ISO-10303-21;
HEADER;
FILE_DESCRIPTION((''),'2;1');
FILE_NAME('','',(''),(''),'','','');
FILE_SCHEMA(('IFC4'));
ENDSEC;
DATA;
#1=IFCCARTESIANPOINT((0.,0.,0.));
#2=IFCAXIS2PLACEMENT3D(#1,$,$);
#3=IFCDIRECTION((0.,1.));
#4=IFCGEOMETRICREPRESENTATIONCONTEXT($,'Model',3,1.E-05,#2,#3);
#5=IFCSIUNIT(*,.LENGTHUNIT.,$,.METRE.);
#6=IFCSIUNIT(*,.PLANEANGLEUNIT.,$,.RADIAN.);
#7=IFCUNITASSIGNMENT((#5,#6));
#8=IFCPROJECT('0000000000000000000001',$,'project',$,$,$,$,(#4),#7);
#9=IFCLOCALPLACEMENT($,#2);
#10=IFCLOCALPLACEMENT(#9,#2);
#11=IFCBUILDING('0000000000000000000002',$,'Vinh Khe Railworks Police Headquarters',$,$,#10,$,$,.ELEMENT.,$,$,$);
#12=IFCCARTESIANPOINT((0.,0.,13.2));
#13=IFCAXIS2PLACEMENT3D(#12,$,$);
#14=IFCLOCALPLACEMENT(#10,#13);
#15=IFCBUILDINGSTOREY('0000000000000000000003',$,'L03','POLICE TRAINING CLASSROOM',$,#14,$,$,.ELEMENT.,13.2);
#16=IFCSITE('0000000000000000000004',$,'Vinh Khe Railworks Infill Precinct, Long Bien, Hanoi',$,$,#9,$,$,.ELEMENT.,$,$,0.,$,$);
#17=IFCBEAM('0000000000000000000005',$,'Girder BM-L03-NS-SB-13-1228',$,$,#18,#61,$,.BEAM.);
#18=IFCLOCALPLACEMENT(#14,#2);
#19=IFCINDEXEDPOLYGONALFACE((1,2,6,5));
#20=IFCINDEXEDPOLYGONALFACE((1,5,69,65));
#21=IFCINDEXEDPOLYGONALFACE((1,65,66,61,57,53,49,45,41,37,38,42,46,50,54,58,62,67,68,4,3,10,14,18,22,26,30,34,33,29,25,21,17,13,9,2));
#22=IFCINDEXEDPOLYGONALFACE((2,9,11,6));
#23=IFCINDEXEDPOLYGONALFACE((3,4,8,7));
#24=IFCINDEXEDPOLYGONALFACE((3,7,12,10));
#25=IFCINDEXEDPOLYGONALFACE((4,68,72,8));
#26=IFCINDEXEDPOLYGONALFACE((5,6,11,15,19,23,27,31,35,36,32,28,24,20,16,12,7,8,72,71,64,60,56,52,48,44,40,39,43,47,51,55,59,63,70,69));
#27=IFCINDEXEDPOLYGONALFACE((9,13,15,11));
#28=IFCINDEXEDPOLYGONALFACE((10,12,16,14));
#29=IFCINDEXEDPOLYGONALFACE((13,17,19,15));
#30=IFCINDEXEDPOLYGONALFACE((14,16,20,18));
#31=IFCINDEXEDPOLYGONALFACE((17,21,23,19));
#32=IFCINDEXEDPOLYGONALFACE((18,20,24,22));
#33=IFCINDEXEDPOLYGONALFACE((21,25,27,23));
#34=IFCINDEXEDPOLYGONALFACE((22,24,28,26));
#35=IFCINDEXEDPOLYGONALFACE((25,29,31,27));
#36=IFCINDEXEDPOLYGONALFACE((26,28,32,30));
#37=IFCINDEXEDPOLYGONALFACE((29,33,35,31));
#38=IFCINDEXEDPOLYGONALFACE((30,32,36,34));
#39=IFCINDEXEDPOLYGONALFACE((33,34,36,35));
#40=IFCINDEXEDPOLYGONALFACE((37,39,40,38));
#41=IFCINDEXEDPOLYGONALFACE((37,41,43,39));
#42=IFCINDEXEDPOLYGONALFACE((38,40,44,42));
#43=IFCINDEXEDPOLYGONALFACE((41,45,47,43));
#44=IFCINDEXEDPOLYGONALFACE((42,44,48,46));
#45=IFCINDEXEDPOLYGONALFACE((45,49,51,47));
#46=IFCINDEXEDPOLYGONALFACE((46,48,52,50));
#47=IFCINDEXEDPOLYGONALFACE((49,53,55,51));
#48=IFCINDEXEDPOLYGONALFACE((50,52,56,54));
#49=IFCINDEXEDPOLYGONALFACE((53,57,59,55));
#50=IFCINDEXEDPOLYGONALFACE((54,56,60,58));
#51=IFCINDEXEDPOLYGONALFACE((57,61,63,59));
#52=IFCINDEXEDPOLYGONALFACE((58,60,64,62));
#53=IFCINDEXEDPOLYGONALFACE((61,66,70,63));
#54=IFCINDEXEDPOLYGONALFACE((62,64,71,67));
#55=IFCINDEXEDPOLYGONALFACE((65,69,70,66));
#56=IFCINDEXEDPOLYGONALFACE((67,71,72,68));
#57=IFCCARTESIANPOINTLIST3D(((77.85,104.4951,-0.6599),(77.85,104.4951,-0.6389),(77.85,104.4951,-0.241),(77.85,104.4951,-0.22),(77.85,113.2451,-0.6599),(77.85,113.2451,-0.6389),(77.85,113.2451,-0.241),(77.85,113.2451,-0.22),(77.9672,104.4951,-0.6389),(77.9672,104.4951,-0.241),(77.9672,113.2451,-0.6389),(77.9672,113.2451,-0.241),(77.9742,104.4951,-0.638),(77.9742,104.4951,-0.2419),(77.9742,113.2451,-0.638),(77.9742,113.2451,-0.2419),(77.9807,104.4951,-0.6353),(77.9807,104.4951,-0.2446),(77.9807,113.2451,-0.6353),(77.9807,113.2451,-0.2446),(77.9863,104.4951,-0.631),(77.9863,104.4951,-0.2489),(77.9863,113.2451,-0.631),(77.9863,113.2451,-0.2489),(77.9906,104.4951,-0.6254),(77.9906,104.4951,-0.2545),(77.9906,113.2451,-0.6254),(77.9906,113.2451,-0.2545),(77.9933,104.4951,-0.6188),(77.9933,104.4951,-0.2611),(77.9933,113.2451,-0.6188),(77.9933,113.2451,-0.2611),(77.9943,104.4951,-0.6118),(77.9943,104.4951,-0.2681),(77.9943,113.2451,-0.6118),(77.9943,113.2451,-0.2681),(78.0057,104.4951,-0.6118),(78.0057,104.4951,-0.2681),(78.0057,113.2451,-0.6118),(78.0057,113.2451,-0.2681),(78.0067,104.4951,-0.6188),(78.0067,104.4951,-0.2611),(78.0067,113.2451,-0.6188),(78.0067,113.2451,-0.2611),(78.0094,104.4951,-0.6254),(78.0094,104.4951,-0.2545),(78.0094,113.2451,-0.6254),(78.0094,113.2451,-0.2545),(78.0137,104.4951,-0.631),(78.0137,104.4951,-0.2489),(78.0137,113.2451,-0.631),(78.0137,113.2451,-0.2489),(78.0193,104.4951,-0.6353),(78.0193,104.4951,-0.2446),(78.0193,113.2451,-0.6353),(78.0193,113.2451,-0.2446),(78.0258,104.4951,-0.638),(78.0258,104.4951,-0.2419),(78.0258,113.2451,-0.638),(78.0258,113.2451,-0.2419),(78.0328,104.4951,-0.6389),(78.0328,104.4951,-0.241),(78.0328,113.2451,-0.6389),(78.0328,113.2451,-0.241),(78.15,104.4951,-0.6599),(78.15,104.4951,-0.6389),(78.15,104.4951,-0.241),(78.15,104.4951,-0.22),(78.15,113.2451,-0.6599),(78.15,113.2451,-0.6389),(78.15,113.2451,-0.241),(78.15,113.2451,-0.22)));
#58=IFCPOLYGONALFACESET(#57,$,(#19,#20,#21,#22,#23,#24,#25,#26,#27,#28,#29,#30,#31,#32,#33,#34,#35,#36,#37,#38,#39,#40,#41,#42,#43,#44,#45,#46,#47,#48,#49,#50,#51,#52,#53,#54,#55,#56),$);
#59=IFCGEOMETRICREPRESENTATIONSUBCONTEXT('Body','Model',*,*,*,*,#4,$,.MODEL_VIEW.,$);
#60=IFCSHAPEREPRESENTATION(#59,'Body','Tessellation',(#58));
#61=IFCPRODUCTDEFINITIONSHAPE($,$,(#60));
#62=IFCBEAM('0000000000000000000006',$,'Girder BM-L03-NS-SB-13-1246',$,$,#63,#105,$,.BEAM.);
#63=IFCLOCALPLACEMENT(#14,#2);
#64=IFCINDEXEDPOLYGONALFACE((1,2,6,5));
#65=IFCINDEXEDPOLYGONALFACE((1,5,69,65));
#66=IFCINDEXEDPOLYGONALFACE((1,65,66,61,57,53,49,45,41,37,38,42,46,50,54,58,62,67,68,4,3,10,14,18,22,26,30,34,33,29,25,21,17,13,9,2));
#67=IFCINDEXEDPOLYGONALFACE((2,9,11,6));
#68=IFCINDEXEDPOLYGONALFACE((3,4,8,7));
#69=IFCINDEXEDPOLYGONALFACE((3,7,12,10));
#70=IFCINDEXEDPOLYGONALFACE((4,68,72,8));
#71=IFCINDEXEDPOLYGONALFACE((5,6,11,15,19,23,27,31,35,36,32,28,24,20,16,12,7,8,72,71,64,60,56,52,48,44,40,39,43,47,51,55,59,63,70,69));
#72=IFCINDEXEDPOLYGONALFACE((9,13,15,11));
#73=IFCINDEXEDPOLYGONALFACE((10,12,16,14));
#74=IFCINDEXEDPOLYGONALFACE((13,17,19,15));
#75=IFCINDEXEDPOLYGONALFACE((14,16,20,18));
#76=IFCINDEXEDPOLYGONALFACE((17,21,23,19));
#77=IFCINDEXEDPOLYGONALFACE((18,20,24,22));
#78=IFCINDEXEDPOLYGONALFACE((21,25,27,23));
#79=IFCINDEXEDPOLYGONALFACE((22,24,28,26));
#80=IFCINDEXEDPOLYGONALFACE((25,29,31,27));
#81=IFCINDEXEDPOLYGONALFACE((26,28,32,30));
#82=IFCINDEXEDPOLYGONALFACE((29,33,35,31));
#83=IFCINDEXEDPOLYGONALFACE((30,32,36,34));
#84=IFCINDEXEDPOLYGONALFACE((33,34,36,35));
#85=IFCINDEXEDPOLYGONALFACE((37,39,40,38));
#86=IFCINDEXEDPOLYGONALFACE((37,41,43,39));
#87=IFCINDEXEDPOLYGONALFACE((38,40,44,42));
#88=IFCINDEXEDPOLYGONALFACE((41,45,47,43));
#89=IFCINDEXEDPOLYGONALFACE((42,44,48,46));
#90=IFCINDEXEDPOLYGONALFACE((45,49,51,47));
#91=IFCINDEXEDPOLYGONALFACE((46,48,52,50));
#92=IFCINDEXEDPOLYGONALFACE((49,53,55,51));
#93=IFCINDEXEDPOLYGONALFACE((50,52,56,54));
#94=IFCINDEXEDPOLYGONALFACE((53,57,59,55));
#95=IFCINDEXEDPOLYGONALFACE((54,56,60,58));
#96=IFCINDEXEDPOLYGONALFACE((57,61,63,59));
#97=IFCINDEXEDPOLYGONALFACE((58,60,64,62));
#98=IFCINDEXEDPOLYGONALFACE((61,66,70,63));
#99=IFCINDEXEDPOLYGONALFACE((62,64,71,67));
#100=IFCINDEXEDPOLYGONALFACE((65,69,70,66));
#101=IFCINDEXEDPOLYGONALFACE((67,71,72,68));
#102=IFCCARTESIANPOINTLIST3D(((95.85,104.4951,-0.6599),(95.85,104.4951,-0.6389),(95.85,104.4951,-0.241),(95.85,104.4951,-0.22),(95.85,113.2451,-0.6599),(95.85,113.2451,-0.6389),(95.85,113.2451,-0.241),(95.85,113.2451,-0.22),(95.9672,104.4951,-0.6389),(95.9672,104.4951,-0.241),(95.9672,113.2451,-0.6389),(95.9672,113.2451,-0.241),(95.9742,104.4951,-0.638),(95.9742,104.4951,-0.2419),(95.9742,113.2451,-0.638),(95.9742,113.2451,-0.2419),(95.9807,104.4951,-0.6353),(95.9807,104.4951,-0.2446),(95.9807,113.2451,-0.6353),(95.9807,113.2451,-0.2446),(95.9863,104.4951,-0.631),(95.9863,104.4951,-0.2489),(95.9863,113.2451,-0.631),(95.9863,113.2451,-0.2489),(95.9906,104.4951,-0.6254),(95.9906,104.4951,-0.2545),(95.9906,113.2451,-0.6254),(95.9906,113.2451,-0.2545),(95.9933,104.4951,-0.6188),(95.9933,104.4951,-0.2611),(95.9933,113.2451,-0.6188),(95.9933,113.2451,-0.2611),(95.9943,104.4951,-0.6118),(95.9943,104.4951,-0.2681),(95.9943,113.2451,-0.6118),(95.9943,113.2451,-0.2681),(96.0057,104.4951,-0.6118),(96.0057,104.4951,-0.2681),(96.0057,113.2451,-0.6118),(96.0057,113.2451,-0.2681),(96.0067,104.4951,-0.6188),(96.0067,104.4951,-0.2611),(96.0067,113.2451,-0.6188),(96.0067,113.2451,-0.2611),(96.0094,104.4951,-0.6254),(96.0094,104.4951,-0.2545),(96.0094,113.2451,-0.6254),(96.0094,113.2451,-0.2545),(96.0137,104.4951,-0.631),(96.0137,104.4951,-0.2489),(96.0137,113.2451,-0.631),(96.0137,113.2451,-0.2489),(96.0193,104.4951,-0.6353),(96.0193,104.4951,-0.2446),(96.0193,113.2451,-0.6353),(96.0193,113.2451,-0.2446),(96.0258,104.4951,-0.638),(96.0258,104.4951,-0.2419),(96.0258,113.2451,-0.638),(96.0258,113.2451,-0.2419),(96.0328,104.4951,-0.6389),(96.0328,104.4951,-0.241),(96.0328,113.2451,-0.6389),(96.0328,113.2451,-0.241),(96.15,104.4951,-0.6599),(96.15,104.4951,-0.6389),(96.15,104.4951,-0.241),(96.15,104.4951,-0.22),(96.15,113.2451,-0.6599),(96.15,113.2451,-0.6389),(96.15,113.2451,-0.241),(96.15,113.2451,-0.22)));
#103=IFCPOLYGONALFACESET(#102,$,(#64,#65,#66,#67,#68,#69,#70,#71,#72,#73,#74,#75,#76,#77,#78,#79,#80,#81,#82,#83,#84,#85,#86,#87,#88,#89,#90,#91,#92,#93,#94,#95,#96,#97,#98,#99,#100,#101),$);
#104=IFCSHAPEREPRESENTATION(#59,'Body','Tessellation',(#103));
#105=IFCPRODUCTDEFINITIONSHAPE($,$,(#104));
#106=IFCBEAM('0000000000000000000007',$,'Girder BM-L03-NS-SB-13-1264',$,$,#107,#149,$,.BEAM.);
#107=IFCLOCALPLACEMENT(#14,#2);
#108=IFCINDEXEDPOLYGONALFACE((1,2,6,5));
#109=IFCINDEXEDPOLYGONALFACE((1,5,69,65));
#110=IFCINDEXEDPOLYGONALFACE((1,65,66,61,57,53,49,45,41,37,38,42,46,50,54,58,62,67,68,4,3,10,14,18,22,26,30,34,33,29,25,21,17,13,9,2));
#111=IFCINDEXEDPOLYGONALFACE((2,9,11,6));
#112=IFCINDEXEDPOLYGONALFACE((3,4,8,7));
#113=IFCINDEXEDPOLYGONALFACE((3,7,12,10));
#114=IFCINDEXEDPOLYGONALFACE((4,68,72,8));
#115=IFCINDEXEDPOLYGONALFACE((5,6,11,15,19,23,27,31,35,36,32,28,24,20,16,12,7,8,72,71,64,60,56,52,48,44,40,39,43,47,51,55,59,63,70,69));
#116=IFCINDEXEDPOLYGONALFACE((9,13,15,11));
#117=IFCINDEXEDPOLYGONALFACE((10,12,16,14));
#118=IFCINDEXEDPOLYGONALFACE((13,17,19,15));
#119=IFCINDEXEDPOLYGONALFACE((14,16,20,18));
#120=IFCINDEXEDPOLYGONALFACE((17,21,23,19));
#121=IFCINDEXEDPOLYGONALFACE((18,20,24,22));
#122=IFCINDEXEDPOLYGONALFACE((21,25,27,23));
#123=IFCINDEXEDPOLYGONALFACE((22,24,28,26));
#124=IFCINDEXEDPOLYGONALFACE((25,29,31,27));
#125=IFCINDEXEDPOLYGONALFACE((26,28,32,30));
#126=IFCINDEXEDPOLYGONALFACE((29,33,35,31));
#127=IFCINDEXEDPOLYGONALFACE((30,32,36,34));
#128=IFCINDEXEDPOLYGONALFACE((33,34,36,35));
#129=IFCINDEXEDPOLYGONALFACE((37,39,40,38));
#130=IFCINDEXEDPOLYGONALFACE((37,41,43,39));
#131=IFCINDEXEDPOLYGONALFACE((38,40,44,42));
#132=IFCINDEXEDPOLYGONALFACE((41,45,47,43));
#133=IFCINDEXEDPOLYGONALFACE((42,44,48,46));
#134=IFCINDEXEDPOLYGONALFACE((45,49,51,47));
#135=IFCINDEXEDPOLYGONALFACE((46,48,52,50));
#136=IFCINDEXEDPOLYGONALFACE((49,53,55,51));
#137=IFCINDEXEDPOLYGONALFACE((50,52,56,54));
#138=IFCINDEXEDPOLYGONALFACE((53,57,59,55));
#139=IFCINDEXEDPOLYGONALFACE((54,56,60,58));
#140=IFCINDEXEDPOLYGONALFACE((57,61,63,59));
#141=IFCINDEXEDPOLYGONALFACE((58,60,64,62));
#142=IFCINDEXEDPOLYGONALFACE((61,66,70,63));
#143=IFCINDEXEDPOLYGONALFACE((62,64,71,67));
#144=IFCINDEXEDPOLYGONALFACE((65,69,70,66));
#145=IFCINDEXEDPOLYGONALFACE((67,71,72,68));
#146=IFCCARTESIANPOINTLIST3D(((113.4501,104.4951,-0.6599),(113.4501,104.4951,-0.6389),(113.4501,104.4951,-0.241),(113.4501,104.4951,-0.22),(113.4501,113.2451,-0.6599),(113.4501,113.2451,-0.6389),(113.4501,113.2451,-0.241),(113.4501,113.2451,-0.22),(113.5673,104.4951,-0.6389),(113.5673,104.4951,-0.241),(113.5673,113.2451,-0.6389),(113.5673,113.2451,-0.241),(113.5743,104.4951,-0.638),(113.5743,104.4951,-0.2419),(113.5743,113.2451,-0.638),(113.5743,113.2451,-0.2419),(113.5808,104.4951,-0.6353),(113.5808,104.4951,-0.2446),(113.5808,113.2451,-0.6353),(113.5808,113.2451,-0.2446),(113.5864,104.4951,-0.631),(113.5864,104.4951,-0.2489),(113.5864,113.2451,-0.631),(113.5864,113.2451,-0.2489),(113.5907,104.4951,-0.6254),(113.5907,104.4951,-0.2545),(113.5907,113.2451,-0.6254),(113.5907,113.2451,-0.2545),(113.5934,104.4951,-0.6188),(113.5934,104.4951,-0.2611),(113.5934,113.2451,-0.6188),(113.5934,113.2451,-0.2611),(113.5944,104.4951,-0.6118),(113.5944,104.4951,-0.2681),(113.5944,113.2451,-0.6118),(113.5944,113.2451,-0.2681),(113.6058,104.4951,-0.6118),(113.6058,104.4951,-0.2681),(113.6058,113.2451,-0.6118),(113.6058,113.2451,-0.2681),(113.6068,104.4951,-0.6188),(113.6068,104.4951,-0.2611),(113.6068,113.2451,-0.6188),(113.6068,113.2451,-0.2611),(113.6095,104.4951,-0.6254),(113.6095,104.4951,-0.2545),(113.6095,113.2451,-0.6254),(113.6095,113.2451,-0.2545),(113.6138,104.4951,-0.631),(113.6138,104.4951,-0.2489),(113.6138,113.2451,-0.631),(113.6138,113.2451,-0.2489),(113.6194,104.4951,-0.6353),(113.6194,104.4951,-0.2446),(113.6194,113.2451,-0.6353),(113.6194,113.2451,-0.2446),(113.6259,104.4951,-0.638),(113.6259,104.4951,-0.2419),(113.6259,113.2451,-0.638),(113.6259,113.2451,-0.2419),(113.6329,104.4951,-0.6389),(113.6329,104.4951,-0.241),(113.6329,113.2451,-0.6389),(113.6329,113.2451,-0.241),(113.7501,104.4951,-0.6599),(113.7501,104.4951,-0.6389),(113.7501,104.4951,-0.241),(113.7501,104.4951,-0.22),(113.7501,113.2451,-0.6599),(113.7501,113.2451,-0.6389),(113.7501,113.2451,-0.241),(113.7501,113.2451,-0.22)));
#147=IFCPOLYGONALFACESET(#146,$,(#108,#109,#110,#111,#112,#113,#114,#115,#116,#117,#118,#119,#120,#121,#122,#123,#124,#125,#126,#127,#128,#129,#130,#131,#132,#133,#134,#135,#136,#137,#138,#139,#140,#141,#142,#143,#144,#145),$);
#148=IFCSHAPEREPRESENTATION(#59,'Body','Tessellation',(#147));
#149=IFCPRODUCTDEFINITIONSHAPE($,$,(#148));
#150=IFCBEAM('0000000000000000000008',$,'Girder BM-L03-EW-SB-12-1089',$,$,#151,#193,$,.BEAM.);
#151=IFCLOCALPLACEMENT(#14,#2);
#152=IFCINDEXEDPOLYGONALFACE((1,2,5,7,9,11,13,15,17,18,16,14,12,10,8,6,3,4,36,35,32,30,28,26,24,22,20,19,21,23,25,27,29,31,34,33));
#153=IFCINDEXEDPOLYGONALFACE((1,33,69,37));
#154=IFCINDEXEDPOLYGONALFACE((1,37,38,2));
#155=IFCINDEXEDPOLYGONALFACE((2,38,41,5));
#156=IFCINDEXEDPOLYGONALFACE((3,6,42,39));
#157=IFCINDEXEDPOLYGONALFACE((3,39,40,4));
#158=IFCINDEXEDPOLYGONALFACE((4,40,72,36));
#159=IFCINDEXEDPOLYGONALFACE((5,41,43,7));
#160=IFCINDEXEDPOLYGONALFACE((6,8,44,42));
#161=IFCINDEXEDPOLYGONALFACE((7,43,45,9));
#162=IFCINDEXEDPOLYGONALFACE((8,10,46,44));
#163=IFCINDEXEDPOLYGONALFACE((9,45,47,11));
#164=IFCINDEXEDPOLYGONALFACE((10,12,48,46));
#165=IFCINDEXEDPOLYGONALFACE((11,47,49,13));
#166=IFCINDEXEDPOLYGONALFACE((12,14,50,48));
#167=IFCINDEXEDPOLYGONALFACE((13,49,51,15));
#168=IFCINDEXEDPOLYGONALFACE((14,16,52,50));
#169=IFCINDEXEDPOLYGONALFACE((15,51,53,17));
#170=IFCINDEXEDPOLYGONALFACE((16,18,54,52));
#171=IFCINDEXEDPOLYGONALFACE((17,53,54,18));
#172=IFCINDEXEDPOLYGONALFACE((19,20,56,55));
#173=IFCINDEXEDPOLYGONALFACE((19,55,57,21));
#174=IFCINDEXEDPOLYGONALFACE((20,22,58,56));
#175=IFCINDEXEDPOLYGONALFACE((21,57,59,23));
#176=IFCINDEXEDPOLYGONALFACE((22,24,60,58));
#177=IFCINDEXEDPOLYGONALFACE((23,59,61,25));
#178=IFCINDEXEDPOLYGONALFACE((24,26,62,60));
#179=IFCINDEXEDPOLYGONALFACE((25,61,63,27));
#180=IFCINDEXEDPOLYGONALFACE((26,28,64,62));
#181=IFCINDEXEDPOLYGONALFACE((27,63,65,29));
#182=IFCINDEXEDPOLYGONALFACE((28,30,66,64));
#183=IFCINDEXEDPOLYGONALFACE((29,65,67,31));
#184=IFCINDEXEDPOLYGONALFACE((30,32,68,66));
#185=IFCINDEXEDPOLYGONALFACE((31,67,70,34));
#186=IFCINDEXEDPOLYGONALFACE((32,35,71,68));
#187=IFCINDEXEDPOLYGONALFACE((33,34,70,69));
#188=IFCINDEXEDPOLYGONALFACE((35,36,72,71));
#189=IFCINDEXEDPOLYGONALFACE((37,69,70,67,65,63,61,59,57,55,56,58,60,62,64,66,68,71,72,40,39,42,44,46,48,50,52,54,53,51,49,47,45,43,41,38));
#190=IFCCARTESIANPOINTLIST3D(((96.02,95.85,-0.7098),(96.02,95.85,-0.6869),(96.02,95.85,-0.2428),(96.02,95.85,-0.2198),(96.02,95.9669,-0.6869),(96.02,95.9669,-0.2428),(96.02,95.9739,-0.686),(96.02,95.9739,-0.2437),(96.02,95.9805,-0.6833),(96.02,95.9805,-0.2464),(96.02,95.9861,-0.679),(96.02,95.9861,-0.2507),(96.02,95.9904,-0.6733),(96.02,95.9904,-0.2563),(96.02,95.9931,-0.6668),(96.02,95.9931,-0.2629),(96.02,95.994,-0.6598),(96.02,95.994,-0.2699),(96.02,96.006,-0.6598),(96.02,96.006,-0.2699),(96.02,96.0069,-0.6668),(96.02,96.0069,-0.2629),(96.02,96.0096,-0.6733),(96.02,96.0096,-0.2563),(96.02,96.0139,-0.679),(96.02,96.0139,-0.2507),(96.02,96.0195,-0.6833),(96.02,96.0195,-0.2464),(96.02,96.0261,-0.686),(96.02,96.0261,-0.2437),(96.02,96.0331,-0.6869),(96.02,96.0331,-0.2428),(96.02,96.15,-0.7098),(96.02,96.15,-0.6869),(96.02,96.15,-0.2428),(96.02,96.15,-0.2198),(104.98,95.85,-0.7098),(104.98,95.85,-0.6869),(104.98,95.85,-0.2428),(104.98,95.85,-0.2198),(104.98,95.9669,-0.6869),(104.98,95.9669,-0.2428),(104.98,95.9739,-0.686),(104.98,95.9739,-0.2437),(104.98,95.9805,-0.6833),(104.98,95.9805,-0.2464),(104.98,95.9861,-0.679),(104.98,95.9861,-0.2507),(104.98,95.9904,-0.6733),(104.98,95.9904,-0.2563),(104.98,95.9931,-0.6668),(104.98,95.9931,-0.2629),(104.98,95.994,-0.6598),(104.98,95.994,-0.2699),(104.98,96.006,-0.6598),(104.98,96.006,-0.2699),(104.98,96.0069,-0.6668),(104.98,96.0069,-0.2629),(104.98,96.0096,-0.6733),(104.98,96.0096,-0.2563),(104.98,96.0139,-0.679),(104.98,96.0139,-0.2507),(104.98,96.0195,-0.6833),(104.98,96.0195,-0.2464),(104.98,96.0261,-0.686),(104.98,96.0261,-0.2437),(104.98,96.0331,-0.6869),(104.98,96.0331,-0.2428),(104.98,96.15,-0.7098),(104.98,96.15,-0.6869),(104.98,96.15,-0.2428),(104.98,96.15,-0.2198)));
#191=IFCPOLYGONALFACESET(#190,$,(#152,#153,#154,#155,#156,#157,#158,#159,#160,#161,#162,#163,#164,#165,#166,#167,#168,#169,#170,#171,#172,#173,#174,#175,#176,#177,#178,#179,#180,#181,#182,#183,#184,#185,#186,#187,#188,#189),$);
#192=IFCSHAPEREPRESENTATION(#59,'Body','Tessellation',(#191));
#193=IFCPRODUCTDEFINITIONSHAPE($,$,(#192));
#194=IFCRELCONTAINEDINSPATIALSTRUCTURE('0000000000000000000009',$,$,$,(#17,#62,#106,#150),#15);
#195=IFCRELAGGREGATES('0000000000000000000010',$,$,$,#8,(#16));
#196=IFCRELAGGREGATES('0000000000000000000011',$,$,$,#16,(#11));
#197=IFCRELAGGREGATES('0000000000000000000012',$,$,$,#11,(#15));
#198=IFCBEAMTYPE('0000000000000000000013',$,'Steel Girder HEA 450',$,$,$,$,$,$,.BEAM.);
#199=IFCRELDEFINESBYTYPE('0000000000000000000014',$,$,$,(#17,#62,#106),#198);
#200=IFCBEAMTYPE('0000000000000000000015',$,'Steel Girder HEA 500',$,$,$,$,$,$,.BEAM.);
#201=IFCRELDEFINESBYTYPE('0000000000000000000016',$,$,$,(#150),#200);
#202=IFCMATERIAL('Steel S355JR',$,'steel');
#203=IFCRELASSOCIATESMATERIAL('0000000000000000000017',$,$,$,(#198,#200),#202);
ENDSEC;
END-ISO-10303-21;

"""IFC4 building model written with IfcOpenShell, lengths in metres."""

from ifc_helpers import new_model, si_unit, direction, frame, origin, origin_2d, place, context, subcontext, project, spatial, i_section, extrude, material, material_profile, profile_set, type_object, element, save


model = new_model("IFC4")

# Units and contexts
model_context = context("Model", 3, precision=1e-05, world=origin(), true_north=direction((0.0, 1.0)))
body_context = subcontext(model_context, "Body", "Model", "MODEL_VIEW")
ifc_project = project(units=[si_unit("LENGTHUNIT", "METRE"), si_unit("PLANEANGLEUNIT", "RADIAN")], contexts=[model_context])

# Site, building, storey
site_placement = place(None, origin())
site = spatial("IfcSite", under=ifc_project, at=site_placement, Name="Vinh Khe Railworks Infill Precinct, Long Bien, Hanoi", CompositionType="ELEMENT", RefElevation=0.0)
building_placement = place(site_placement, origin())
building = spatial("IfcBuilding", under=site, at=building_placement, Name="Vinh Khe Railworks Police Headquarters", CompositionType="ELEMENT")
storey_placement = place(building_placement, frame((0.0, 0.0, 13.2)))
storey = spatial("IfcBuildingStorey", under=building, at=storey_placement, Name="L03", Description="POLICE TRAINING CLASSROOM", CompositionType="ELEMENT", Elevation=13.2)

# Beams
ifc_material_1 = material(Name="Steel S355JR", Category="steel")
ifc_material_profile_1 = material_profile(ifc_material_1, i_section(OverallWidth=0.3, OverallDepth=0.4399, WebThickness=0.0115, FlangeThickness=0.021, FilletRadius=0.0271, at=origin_2d()), Name="HEA 450")
ifc_profile_set_1 = profile_set([ifc_material_profile_1], Name="Steel S355JR")
beam_type_1 = type_object("IfcBeamType", Name="Steel Girder HEA 450", PredefinedType="BEAM", material=ifc_profile_set_1)
for number, where, z_axis, x_axis, name in (
    (1, (78.0, 104.4951, -0.4399), (0.0, 1.0, 0.0), (-1.0, 0.0, 0.0), "Girder BM-L03-NS-SB-13-1228"),
    (2, (96.0, 104.4951, -0.4399), (0.0, 1.0, 0.0), (-1.0, 0.0, 0.0), "Girder BM-L03-NS-SB-13-1246"),
    (3, (113.6001, 104.4951, -0.4399), (0.0, 1.0, 0.0), (-1.0, 0.0, 0.0), "Girder BM-L03-NS-SB-13-1264"),
):
    element("IfcBeam", number, at=place(storey_placement, frame(where, z_axis=z_axis, x_axis=x_axis)), inside=storey, type_object=beam_type_1, Name=name, PredefinedType="BEAM", context=body_context, shape_type="SweptSolid", body=[
        extrude(i_section(OverallWidth=0.3, OverallDepth=0.4399, WebThickness=0.0115, FlangeThickness=0.021, FilletRadius=0.0271, at=origin_2d()), origin(), (0.0, 0.0, 1.0), 8.75),
    ])
ifc_material_profile_2 = material_profile(ifc_material_1, i_section(OverallWidth=0.3, OverallDepth=0.49, WebThickness=0.012, FlangeThickness=0.0229, FilletRadius=0.0271, at=origin_2d()), Name="HEA 500")
ifc_profile_set_2 = profile_set([ifc_material_profile_2], Name="Steel S355JR")
beam_type_2 = type_object("IfcBeamType", Name="Steel Girder HEA 500", PredefinedType="BEAM", material=ifc_profile_set_2)
for number, where, z_axis, x_axis, name in (
    (4, (96.02, 96.0, -0.4648), (1.0, 0.0, 0.0), (0.0, 1.0, 0.0), "Girder BM-L03-EW-SB-12-1089"),
):
    element("IfcBeam", number, at=place(storey_placement, frame(where, z_axis=z_axis, x_axis=x_axis)), inside=storey, type_object=beam_type_2, Name=name, PredefinedType="BEAM", context=body_context, shape_type="SweptSolid", body=[
        extrude(i_section(OverallWidth=0.3, OverallDepth=0.49, WebThickness=0.012, FlangeThickness=0.0229, FilletRadius=0.0271, at=origin_2d()), origin(), (0.0, 0.0, 1.0), 8.96),
    ])

save(model, "model.ifc")
